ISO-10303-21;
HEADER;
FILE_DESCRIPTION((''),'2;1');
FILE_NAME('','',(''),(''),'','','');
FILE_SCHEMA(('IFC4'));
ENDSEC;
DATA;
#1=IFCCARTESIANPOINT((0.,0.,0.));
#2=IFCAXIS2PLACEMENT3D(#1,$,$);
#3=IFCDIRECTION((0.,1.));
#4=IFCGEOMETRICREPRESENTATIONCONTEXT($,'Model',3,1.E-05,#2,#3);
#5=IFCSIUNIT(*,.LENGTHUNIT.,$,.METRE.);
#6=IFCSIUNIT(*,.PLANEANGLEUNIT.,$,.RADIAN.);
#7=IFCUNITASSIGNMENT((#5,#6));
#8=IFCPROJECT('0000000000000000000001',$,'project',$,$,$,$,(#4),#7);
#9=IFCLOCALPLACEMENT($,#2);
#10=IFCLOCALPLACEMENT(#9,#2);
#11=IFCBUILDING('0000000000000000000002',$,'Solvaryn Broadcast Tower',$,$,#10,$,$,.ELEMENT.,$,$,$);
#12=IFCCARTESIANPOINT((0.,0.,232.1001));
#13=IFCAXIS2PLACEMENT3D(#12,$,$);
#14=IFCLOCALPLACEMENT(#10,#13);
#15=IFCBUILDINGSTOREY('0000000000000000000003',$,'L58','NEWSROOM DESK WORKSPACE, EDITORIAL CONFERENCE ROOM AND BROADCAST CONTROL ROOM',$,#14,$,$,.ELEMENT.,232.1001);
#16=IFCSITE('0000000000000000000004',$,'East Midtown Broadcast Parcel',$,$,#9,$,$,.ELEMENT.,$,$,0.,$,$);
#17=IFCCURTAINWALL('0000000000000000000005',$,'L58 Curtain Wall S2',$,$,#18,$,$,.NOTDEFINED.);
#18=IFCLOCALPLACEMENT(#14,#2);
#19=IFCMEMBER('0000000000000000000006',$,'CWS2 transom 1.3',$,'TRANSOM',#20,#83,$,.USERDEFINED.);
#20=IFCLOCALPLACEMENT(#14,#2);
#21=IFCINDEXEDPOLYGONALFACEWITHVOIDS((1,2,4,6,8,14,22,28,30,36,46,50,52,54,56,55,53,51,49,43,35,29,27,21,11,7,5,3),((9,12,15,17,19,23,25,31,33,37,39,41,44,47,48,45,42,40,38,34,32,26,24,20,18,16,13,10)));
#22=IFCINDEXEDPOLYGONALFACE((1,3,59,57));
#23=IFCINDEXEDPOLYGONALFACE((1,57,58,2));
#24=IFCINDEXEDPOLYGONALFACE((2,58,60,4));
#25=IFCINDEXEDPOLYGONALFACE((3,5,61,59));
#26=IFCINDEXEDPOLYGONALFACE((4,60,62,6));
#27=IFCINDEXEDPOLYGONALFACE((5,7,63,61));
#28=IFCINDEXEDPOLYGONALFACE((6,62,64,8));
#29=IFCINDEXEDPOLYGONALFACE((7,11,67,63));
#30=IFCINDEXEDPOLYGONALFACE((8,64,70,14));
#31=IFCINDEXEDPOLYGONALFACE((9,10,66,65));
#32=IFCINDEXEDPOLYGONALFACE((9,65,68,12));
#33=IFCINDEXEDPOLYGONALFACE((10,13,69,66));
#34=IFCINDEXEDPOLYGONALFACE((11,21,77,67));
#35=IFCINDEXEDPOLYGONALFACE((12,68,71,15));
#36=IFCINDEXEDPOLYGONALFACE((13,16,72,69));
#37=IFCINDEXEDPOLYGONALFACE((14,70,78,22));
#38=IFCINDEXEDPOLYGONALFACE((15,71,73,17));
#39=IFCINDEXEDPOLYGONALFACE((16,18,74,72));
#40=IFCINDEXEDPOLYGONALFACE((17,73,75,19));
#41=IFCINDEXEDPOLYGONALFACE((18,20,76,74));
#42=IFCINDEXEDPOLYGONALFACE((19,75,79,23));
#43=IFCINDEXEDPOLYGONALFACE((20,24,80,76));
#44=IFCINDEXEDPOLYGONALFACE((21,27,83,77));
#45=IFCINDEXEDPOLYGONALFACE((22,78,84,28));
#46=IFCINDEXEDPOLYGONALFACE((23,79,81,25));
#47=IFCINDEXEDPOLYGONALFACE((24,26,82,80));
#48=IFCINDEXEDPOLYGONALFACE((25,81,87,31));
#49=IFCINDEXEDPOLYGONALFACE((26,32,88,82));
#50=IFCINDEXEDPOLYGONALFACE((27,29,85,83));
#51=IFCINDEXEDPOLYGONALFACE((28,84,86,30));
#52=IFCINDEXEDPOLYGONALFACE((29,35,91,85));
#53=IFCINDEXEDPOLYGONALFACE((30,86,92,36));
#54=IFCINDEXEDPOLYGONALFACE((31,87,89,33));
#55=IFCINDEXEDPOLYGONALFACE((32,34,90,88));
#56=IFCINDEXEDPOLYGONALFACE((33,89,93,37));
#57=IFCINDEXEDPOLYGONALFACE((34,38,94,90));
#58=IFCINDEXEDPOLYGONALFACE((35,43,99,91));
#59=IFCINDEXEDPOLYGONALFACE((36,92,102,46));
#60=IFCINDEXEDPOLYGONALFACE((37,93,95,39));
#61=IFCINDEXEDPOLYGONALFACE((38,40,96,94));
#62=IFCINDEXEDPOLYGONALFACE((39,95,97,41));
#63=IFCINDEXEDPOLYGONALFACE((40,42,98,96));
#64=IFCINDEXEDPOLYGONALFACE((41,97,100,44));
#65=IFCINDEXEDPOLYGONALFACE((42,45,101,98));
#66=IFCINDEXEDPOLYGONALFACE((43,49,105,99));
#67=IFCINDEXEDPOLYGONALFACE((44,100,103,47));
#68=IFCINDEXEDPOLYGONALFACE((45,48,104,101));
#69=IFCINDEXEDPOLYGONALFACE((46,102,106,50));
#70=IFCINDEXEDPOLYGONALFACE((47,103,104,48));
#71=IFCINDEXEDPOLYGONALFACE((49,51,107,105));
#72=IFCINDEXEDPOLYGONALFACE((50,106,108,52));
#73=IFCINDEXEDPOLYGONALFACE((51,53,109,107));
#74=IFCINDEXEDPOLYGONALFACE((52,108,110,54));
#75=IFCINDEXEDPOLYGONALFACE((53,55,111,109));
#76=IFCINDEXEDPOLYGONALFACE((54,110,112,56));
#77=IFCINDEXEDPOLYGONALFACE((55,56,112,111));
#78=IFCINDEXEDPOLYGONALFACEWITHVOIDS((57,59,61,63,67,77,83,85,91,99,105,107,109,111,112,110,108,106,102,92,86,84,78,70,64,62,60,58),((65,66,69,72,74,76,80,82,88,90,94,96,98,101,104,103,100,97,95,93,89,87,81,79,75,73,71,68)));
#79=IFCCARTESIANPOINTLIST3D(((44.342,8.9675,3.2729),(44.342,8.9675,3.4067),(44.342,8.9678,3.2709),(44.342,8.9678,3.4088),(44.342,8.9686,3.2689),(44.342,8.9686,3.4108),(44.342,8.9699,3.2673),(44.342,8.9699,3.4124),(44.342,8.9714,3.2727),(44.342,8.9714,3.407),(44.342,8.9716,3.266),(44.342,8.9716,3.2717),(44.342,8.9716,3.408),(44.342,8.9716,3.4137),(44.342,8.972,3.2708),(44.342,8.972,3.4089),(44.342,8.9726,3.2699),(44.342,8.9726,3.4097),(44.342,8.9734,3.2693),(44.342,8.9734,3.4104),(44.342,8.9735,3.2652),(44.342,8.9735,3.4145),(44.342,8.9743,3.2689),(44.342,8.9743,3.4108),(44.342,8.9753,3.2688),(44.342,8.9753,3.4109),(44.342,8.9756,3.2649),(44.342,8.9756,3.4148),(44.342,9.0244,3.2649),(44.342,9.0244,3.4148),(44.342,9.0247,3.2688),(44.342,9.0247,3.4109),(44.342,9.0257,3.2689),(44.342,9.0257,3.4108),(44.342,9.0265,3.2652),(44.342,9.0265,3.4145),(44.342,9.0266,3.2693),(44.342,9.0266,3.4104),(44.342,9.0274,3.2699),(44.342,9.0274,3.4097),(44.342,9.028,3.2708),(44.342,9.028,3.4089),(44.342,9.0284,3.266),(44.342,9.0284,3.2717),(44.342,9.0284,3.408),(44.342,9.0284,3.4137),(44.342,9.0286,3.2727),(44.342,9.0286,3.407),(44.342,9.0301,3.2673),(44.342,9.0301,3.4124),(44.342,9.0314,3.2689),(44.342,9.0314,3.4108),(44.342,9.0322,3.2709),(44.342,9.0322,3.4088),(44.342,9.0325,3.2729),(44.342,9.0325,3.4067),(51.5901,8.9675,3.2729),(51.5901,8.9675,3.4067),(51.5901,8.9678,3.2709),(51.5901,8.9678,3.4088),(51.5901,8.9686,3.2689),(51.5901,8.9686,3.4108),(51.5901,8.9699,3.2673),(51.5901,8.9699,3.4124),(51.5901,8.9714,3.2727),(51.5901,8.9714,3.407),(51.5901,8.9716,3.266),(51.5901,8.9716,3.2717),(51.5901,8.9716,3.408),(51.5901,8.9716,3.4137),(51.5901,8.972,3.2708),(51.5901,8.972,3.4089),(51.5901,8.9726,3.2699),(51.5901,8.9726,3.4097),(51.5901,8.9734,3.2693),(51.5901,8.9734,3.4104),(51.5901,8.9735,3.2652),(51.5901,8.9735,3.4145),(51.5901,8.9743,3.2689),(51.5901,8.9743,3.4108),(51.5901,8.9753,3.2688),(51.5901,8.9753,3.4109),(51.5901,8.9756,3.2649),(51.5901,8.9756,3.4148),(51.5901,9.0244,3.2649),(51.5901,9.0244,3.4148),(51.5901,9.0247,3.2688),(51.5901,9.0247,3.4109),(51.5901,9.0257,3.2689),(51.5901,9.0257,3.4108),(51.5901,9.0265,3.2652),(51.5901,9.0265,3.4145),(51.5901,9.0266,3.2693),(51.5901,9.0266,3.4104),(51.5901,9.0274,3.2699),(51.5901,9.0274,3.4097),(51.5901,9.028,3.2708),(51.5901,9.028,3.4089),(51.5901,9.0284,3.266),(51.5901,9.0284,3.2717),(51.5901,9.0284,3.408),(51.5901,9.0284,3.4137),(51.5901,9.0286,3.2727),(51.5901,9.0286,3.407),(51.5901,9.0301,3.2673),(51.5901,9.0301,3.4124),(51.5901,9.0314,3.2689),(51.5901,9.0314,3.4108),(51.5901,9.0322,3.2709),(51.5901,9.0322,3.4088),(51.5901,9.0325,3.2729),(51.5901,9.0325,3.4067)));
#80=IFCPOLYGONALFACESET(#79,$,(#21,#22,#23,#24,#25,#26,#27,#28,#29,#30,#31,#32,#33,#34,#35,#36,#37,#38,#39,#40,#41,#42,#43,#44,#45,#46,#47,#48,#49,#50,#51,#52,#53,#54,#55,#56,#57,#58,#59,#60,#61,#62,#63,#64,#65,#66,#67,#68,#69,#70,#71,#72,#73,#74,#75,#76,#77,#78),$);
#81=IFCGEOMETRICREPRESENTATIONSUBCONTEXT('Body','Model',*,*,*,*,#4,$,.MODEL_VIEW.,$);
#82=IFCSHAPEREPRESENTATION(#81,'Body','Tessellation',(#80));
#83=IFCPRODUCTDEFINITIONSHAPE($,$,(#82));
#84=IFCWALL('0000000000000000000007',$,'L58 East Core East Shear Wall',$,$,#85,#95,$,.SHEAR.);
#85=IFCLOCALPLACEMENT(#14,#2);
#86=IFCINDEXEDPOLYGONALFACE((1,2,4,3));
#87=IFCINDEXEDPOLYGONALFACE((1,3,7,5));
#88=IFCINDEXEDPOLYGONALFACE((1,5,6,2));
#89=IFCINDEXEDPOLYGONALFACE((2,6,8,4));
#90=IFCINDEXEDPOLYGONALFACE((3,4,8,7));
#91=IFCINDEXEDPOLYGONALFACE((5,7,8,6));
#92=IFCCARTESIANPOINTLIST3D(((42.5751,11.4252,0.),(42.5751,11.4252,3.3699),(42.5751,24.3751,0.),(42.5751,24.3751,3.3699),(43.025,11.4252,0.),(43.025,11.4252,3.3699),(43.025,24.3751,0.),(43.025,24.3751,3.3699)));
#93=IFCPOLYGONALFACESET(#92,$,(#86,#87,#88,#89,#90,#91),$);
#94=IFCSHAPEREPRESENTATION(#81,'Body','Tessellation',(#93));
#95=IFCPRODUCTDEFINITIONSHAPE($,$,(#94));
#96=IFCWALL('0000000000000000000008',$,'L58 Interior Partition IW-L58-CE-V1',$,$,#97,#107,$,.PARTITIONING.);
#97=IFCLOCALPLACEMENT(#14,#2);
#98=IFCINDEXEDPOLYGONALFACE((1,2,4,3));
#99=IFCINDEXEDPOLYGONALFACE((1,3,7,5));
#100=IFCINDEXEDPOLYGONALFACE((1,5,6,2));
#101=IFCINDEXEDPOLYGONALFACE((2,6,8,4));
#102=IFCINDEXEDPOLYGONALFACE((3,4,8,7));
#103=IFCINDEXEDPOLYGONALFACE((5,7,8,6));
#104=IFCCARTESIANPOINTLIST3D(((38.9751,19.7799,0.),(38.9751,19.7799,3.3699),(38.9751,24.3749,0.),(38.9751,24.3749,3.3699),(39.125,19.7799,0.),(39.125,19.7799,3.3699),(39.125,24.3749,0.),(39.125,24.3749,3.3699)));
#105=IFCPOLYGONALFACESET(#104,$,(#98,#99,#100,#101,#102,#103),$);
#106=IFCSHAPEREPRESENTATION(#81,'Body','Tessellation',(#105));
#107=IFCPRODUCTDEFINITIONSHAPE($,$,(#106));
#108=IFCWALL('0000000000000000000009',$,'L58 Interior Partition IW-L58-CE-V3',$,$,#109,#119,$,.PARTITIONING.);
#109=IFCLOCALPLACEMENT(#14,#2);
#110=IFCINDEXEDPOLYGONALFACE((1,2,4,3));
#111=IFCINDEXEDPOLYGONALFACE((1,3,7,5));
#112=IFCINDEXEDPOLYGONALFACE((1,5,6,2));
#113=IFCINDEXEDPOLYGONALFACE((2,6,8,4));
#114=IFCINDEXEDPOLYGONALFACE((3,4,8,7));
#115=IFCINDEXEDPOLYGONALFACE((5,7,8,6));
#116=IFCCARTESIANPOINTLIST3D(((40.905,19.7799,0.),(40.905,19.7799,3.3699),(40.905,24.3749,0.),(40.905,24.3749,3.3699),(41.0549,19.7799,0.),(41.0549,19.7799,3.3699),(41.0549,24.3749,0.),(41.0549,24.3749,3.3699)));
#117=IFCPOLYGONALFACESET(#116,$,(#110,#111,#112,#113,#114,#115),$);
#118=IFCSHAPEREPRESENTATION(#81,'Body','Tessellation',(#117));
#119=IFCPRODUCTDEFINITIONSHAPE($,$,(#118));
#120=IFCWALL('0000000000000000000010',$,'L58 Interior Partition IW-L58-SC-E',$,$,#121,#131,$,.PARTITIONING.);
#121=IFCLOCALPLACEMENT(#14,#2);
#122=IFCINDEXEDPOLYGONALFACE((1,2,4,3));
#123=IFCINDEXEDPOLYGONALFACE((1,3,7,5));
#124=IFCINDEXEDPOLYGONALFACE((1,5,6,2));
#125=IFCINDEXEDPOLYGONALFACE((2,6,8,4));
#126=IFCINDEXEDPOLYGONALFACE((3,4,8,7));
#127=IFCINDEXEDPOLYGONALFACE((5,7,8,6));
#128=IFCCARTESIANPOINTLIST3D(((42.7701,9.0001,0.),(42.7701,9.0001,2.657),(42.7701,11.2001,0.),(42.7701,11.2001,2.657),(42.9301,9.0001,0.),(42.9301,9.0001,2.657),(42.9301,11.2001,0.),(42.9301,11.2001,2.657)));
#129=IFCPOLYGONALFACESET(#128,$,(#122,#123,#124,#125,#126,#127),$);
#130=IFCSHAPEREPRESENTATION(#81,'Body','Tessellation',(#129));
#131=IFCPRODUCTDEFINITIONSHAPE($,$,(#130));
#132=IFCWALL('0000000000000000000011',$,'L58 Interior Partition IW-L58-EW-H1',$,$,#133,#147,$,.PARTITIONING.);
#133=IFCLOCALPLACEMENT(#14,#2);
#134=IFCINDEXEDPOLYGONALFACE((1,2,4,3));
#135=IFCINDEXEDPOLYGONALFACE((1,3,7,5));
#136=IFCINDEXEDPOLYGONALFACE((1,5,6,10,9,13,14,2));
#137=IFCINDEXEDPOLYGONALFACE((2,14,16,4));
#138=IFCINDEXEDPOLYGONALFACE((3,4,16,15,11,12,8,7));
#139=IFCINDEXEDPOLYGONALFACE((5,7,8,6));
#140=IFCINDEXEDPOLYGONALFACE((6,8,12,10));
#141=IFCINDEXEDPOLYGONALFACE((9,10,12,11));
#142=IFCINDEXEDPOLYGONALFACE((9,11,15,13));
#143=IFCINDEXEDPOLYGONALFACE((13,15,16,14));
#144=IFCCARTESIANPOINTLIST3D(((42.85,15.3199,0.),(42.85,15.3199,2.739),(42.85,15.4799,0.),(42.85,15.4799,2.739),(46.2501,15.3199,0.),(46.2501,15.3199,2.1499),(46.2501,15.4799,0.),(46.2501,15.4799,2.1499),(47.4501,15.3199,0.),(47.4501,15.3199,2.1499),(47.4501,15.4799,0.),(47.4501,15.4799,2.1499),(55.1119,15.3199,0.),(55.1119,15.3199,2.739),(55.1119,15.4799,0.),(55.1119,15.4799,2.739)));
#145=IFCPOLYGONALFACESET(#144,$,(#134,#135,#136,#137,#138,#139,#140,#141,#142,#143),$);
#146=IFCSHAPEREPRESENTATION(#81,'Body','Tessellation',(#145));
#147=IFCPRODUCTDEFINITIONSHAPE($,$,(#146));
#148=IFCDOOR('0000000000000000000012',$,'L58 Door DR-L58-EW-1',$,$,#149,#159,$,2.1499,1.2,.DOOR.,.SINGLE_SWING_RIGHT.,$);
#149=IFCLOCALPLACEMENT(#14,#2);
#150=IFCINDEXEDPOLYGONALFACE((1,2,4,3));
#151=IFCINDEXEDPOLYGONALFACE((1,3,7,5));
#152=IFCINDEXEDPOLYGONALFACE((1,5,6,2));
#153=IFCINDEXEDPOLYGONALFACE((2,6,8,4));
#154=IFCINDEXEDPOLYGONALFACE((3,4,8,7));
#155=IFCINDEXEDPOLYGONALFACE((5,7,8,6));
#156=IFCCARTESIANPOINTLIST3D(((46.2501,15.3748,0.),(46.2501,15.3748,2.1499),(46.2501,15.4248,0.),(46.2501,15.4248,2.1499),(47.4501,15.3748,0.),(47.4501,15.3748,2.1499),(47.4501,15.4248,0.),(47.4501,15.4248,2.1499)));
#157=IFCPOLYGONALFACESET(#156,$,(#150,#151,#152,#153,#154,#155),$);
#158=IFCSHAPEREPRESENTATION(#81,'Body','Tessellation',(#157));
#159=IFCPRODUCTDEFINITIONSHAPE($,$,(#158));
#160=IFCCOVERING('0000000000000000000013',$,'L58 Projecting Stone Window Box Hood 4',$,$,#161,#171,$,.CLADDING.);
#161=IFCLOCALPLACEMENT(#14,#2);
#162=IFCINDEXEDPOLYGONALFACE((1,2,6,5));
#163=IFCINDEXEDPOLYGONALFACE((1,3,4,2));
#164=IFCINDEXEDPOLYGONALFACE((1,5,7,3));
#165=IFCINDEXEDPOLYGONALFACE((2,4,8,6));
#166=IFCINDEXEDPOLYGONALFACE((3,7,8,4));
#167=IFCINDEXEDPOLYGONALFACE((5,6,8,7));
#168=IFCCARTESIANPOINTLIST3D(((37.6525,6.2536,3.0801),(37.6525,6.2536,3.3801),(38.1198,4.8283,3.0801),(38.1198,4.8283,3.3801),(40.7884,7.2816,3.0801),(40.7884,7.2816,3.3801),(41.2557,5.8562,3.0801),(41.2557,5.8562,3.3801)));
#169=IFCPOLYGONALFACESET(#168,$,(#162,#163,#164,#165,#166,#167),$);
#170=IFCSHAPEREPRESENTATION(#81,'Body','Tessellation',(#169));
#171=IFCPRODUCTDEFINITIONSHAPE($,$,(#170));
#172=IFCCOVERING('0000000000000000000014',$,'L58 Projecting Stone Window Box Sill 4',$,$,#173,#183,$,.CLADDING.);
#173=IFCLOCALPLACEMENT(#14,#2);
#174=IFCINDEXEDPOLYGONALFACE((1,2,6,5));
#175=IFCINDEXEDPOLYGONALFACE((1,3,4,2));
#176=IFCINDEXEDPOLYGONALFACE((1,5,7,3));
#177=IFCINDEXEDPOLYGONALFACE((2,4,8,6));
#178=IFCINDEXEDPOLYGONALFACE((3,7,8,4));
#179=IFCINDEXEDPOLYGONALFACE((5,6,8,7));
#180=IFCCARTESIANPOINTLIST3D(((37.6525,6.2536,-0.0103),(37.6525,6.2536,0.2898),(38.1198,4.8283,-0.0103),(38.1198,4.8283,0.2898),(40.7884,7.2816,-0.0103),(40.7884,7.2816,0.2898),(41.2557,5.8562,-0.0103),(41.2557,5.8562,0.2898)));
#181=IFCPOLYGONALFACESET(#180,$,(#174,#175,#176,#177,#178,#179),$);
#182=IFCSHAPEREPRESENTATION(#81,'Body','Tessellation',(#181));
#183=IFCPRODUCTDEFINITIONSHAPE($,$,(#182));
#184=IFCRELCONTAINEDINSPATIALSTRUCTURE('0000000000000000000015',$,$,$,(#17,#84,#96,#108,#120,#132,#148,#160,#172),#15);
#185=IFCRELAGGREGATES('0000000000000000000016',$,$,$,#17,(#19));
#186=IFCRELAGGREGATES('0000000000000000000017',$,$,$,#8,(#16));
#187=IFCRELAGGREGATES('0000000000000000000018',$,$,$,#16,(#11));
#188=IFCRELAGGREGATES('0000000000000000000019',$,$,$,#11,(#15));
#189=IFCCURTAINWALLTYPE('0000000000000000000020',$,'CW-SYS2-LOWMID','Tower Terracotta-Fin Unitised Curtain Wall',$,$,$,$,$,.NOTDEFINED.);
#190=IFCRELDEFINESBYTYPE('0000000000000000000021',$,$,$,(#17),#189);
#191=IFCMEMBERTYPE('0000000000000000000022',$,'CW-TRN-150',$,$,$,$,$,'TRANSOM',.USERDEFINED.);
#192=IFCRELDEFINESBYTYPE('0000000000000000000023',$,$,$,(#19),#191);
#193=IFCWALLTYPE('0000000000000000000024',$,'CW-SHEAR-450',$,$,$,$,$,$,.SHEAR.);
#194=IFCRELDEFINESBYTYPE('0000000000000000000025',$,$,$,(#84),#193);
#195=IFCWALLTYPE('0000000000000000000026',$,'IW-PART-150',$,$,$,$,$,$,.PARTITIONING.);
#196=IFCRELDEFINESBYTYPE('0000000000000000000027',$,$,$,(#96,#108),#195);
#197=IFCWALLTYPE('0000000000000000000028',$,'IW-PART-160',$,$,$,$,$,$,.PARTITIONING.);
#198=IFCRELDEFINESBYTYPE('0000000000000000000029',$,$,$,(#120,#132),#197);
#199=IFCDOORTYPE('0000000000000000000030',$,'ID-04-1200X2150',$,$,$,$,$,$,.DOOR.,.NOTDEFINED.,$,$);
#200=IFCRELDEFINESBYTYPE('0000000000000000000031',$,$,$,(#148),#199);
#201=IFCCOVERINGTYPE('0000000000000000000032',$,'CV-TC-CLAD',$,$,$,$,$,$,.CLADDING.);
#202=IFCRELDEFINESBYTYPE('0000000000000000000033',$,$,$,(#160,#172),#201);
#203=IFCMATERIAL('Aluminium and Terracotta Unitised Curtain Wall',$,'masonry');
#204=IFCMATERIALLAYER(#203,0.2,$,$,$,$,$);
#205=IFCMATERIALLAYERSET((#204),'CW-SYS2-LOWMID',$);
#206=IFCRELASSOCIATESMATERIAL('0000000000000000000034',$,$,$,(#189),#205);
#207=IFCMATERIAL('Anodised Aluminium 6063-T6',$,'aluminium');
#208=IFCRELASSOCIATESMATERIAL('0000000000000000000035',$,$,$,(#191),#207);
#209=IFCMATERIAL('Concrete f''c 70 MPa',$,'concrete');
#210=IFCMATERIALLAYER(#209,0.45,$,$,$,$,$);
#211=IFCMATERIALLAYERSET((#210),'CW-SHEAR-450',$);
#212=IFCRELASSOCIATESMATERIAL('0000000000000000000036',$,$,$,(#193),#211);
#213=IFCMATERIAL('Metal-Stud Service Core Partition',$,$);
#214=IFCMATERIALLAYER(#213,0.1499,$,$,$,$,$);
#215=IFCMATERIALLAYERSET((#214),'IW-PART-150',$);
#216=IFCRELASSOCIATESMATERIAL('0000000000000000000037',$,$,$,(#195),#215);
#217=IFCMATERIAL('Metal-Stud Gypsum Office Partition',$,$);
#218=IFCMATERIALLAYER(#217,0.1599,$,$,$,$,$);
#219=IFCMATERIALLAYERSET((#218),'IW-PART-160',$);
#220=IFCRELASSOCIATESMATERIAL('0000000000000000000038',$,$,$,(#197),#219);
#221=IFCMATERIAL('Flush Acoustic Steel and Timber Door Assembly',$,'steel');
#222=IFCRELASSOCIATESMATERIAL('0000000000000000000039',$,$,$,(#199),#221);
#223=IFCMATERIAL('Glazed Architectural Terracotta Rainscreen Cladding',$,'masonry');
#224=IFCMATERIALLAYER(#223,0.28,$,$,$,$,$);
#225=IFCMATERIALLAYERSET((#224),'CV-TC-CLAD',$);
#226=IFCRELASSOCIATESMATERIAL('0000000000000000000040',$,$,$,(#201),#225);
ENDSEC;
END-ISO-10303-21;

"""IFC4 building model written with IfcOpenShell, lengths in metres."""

from ifc_helpers import new_model, si_unit, direction, frame, frame_2d, origin, origin_2d, place, context, subcontext, project, spatial, rectangle, hollow_rectangle, extrude, material, layer, layer_set, material_profile, profile_set, type_object, element, fill, aggregate, save


model = new_model("IFC4")

# Units and contexts
model_context = context("Model", 3, precision=1e-05, world=origin(), true_north=direction((0.0, 1.0)))
body_context = subcontext(model_context, "Body", "Model", "MODEL_VIEW")
ifc_project = project(units=[si_unit("LENGTHUNIT", "METRE"), si_unit("PLANEANGLEUNIT", "RADIAN")], contexts=[model_context])

# Site, building, storey
site_placement = place(None, origin())
site = spatial("IfcSite", under=ifc_project, at=site_placement, Name="East Midtown Broadcast Parcel", CompositionType="ELEMENT", RefElevation=0.0)
building_placement = place(site_placement, origin())
building = spatial("IfcBuilding", under=site, at=building_placement, Name="Solvaryn Broadcast Tower", CompositionType="ELEMENT")
storey_placement = place(building_placement, frame((0.0, 0.0, 232.1001)))
storey = spatial("IfcBuildingStorey", under=building, at=storey_placement, Name="L58", Description="NEWSROOM DESK WORKSPACE, EDITORIAL CONFERENCE ROOM AND BROADCAST CONTROL ROOM", CompositionType="ELEMENT", Elevation=232.1001)

# Shared definitions
ifc_material_1 = material(Name="Aluminium and Terracotta Unitised Curtain Wall", Category="masonry")
ifc_layer_1 = layer(ifc_material_1, 0.2)
ifc_layer_set_1 = layer_set([ifc_layer_1], Name="CW-SYS2-LOWMID")
curtain_wall_type = type_object("IfcCurtainWallType", Name="CW-SYS2-LOWMID", Description="Tower Terracotta-Fin Unitised Curtain Wall", PredefinedType="NOTDEFINED", material=ifc_layer_set_1)

# Curtain wall, member
curtain_wall_1_placement = place(storey_placement, origin())
curtain_wall_1 = element("IfcCurtainWall", 1, at=curtain_wall_1_placement, inside=storey, type_object=curtain_wall_type, Name="L58 Curtain Wall S2", PredefinedType="NOTDEFINED")
ifc_material_2 = material(Name="Anodised Aluminium 6063-T6", Category="aluminium")
ifc_material_profile_1 = material_profile(ifc_material_2, hollow_rectangle(XDim=0.0649, YDim=0.1499, WallThickness=0.0039, InnerFilletRadius=0.0039, OuterFilletRadius=0.0081, at=origin_2d()))
ifc_profile_set_1 = profile_set([ifc_material_profile_1], Name="Anodised Aluminium 6063-T6")
member_type_1 = type_object("IfcMemberType", Name="CW-TRN-150", ElementType="TRANSOM", PredefinedType="USERDEFINED", material=ifc_profile_set_1)
member_1_placement = place(storey_placement, frame((44.342, 9.0, 3.3398), z_axis=(1.0, 0.0, 0.0), x_axis=(0.0, 1.0, 0.0)))
member_1 = element("IfcMember", 2, at=member_1_placement, type_object=member_type_1, Name="CWS2 transom 1.3", ObjectType="TRANSOM", PredefinedType="USERDEFINED", context=body_context, shape_type="SweptSolid", body=[
    extrude(hollow_rectangle(XDim=0.0649, YDim=0.1499, WallThickness=0.0039, InnerFilletRadius=0.0039, OuterFilletRadius=0.0081, at=origin_2d()), origin(), (0.0, 0.0, 1.0), 7.248),
])
aggregate(curtain_wall_1, [member_1])

# Walls
ifc_material_3 = material(Name="Concrete f'c 70 MPa", Category="concrete")
ifc_layer_2 = layer(ifc_material_3, 0.45)
ifc_layer_set_2 = layer_set([ifc_layer_2], Name="CW-SHEAR-450")
wall_type_1 = type_object("IfcWallType", Name="CW-SHEAR-450", PredefinedType="SHEAR", material=ifc_layer_set_2)
wall_1_placement = place(storey_placement, frame((42.8, 11.425, 0.0), z_axis=(0.0, 0.0, 1.0), x_axis=(0.0, 1.0, 0.0)))
element("IfcWall", 3, at=wall_1_placement, inside=storey, type_object=wall_type_1, Name="L58 East Core East Shear Wall", PredefinedType="SHEAR", context=body_context, shape_type="SweptSolid", body=[
    extrude(rectangle(XDim=12.95, YDim=0.45, at=frame_2d((6.4751, 0.0))), origin(), (0.0, 0.0, 1.0), 3.3699),
])
ifc_material_4 = material(Name="Metal-Stud Service Core Partition")
ifc_layer_3 = layer(ifc_material_4, 0.1499)
ifc_layer_set_3 = layer_set([ifc_layer_3], Name="IW-PART-150")
wall_type_2 = type_object("IfcWallType", Name="IW-PART-150", PredefinedType="PARTITIONING", material=ifc_layer_set_3)
for number, where, z_axis, x_axis, name in (
    (4, (39.05, 19.78, 0.0), (0.0, 0.0, 1.0), (0.0, 1.0, 0.0), "L58 Interior Partition IW-L58-CE-V1"),
    (5, (40.98, 19.78, 0.0), (0.0, 0.0, 1.0), (0.0, 1.0, 0.0), "L58 Interior Partition IW-L58-CE-V3"),
):
    element("IfcWall", number, at=place(storey_placement, frame(where, z_axis=z_axis, x_axis=x_axis)), inside=storey, type_object=wall_type_2, Name=name, PredefinedType="PARTITIONING", context=body_context, shape_type="SweptSolid", body=[
        extrude(rectangle(XDim=4.595, YDim=0.1499, at=frame_2d((2.2974, 0.0))), origin(), (0.0, 0.0, 1.0), 3.3699),
    ])
ifc_material_5 = material(Name="Metal-Stud Gypsum Office Partition")
ifc_layer_4 = layer(ifc_material_5, 0.1599)
ifc_layer_set_4 = layer_set([ifc_layer_4], Name="IW-PART-160")
wall_type_3 = type_object("IfcWallType", Name="IW-PART-160", PredefinedType="PARTITIONING", material=ifc_layer_set_4)
wall_2_placement = place(storey_placement, frame((42.8501, 9.0, 0.0), z_axis=(0.0, 0.0, 1.0), x_axis=(0.0, 1.0, 0.0)))
element("IfcWall", 6, at=wall_2_placement, inside=storey, type_object=wall_type_3, Name="L58 Interior Partition IW-L58-SC-E", PredefinedType="PARTITIONING", context=body_context, shape_type="SweptSolid", body=[
    extrude(rectangle(XDim=2.2, YDim=0.1599, at=frame_2d((1.1001, 0.0))), origin(), (0.0, 0.0, 1.0), 2.657),
])

# Wall, opening, door
wall_3_placement = place(storey_placement, frame((42.8501, 15.3999, 0.0), z_axis=(0.0, 0.0, 1.0), x_axis=(1.0, 0.0, 0.0)))
wall_3 = element("IfcWall", 7, at=wall_3_placement, inside=storey, type_object=wall_type_3, Name="L58 Interior Partition IW-L58-EW-H1", PredefinedType="PARTITIONING", context=body_context, shape_type="SweptSolid", body=[
    extrude(rectangle(XDim=12.262, YDim=0.1599, at=frame_2d((6.1309, 0.0))), origin(), (0.0, 0.0, 1.0), 2.739),
])
opening_placement = place(wall_3_placement, frame((3.3999, 0.0, 0.0)))
opening = element("IfcOpeningElement", 8, at=opening_placement, cuts=wall_3, PredefinedType="OPENING", context=body_context, shape_type="SweptSolid", body=[
    extrude(rectangle(XDim=1.2, YDim=2.1499, at=frame_2d((0.6001, 1.075))), frame((0.0, 0.0901, 0.0), z_axis=(0.0, -1.0, 0.0), x_axis=(1.0, 0.0, 0.0)), (0.0, 0.0, 1.0), 0.1799),
])
ifc_material_6 = material(Name="Flush Acoustic Steel and Timber Door Assembly", Category="steel")
door_type = type_object("IfcDoorType", Name="ID-04-1200X2150", OperationType="NOTDEFINED", PredefinedType="DOOR", material=ifc_material_6)
door_placement = place(opening_placement, origin())
door = element("IfcDoor", 9, at=door_placement, inside=storey, type_object=door_type, Name="L58 Door DR-L58-EW-1", OperationType="SINGLE_SWING_RIGHT", OverallHeight=2.1499, OverallWidth=1.2, PredefinedType="DOOR", context=body_context, shape_type="SweptSolid", body=[
    extrude(rectangle(XDim=1.2, YDim=2.1499, at=frame_2d((0.6001, 1.075))), frame((0.0, 0.0249, 0.0), z_axis=(0.0, -1.0, 0.0), x_axis=(1.0, 0.0, 0.0)), (0.0, 0.0, 1.0), 0.05),
])
fill(opening, door)

# Coverings
ifc_material_7 = material(Name="Glazed Architectural Terracotta Rainscreen Cladding", Category="masonry")
ifc_layer_5 = layer(ifc_material_7, 0.28)
ifc_layer_set_5 = layer_set([ifc_layer_5], Name="CV-TC-CLAD")
covering_type_1 = type_object("IfcCoveringType", Name="CV-TC-CLAD", PredefinedType="CLADDING", material=ifc_layer_set_5)
for number, where, z_axis, x_axis, name in (
    (10, (39.4541, 6.0549, 3.0801), (0.0, 0.0, 1.0), (0.950244, 0.311506, 0.0), "L58 Projecting Stone Window Box Hood 4"),
    (11, (39.4541, 6.0549, -0.0103), (0.0, 0.0, 1.0), (0.950244, 0.311506, 0.0), "L58 Projecting Stone Window Box Sill 4"),
):
    element("IfcCovering", number, at=place(storey_placement, frame(where, z_axis=z_axis, x_axis=x_axis)), inside=storey, type_object=covering_type_1, Name=name, PredefinedType="CLADDING", context=body_context, shape_type="SweptSolid", body=[
        extrude(rectangle(XDim=3.3, YDim=1.5, at=origin_2d()), origin(), (0.0, 0.0, 1.0), 0.3),
    ])

save(model, "model.ifc")
